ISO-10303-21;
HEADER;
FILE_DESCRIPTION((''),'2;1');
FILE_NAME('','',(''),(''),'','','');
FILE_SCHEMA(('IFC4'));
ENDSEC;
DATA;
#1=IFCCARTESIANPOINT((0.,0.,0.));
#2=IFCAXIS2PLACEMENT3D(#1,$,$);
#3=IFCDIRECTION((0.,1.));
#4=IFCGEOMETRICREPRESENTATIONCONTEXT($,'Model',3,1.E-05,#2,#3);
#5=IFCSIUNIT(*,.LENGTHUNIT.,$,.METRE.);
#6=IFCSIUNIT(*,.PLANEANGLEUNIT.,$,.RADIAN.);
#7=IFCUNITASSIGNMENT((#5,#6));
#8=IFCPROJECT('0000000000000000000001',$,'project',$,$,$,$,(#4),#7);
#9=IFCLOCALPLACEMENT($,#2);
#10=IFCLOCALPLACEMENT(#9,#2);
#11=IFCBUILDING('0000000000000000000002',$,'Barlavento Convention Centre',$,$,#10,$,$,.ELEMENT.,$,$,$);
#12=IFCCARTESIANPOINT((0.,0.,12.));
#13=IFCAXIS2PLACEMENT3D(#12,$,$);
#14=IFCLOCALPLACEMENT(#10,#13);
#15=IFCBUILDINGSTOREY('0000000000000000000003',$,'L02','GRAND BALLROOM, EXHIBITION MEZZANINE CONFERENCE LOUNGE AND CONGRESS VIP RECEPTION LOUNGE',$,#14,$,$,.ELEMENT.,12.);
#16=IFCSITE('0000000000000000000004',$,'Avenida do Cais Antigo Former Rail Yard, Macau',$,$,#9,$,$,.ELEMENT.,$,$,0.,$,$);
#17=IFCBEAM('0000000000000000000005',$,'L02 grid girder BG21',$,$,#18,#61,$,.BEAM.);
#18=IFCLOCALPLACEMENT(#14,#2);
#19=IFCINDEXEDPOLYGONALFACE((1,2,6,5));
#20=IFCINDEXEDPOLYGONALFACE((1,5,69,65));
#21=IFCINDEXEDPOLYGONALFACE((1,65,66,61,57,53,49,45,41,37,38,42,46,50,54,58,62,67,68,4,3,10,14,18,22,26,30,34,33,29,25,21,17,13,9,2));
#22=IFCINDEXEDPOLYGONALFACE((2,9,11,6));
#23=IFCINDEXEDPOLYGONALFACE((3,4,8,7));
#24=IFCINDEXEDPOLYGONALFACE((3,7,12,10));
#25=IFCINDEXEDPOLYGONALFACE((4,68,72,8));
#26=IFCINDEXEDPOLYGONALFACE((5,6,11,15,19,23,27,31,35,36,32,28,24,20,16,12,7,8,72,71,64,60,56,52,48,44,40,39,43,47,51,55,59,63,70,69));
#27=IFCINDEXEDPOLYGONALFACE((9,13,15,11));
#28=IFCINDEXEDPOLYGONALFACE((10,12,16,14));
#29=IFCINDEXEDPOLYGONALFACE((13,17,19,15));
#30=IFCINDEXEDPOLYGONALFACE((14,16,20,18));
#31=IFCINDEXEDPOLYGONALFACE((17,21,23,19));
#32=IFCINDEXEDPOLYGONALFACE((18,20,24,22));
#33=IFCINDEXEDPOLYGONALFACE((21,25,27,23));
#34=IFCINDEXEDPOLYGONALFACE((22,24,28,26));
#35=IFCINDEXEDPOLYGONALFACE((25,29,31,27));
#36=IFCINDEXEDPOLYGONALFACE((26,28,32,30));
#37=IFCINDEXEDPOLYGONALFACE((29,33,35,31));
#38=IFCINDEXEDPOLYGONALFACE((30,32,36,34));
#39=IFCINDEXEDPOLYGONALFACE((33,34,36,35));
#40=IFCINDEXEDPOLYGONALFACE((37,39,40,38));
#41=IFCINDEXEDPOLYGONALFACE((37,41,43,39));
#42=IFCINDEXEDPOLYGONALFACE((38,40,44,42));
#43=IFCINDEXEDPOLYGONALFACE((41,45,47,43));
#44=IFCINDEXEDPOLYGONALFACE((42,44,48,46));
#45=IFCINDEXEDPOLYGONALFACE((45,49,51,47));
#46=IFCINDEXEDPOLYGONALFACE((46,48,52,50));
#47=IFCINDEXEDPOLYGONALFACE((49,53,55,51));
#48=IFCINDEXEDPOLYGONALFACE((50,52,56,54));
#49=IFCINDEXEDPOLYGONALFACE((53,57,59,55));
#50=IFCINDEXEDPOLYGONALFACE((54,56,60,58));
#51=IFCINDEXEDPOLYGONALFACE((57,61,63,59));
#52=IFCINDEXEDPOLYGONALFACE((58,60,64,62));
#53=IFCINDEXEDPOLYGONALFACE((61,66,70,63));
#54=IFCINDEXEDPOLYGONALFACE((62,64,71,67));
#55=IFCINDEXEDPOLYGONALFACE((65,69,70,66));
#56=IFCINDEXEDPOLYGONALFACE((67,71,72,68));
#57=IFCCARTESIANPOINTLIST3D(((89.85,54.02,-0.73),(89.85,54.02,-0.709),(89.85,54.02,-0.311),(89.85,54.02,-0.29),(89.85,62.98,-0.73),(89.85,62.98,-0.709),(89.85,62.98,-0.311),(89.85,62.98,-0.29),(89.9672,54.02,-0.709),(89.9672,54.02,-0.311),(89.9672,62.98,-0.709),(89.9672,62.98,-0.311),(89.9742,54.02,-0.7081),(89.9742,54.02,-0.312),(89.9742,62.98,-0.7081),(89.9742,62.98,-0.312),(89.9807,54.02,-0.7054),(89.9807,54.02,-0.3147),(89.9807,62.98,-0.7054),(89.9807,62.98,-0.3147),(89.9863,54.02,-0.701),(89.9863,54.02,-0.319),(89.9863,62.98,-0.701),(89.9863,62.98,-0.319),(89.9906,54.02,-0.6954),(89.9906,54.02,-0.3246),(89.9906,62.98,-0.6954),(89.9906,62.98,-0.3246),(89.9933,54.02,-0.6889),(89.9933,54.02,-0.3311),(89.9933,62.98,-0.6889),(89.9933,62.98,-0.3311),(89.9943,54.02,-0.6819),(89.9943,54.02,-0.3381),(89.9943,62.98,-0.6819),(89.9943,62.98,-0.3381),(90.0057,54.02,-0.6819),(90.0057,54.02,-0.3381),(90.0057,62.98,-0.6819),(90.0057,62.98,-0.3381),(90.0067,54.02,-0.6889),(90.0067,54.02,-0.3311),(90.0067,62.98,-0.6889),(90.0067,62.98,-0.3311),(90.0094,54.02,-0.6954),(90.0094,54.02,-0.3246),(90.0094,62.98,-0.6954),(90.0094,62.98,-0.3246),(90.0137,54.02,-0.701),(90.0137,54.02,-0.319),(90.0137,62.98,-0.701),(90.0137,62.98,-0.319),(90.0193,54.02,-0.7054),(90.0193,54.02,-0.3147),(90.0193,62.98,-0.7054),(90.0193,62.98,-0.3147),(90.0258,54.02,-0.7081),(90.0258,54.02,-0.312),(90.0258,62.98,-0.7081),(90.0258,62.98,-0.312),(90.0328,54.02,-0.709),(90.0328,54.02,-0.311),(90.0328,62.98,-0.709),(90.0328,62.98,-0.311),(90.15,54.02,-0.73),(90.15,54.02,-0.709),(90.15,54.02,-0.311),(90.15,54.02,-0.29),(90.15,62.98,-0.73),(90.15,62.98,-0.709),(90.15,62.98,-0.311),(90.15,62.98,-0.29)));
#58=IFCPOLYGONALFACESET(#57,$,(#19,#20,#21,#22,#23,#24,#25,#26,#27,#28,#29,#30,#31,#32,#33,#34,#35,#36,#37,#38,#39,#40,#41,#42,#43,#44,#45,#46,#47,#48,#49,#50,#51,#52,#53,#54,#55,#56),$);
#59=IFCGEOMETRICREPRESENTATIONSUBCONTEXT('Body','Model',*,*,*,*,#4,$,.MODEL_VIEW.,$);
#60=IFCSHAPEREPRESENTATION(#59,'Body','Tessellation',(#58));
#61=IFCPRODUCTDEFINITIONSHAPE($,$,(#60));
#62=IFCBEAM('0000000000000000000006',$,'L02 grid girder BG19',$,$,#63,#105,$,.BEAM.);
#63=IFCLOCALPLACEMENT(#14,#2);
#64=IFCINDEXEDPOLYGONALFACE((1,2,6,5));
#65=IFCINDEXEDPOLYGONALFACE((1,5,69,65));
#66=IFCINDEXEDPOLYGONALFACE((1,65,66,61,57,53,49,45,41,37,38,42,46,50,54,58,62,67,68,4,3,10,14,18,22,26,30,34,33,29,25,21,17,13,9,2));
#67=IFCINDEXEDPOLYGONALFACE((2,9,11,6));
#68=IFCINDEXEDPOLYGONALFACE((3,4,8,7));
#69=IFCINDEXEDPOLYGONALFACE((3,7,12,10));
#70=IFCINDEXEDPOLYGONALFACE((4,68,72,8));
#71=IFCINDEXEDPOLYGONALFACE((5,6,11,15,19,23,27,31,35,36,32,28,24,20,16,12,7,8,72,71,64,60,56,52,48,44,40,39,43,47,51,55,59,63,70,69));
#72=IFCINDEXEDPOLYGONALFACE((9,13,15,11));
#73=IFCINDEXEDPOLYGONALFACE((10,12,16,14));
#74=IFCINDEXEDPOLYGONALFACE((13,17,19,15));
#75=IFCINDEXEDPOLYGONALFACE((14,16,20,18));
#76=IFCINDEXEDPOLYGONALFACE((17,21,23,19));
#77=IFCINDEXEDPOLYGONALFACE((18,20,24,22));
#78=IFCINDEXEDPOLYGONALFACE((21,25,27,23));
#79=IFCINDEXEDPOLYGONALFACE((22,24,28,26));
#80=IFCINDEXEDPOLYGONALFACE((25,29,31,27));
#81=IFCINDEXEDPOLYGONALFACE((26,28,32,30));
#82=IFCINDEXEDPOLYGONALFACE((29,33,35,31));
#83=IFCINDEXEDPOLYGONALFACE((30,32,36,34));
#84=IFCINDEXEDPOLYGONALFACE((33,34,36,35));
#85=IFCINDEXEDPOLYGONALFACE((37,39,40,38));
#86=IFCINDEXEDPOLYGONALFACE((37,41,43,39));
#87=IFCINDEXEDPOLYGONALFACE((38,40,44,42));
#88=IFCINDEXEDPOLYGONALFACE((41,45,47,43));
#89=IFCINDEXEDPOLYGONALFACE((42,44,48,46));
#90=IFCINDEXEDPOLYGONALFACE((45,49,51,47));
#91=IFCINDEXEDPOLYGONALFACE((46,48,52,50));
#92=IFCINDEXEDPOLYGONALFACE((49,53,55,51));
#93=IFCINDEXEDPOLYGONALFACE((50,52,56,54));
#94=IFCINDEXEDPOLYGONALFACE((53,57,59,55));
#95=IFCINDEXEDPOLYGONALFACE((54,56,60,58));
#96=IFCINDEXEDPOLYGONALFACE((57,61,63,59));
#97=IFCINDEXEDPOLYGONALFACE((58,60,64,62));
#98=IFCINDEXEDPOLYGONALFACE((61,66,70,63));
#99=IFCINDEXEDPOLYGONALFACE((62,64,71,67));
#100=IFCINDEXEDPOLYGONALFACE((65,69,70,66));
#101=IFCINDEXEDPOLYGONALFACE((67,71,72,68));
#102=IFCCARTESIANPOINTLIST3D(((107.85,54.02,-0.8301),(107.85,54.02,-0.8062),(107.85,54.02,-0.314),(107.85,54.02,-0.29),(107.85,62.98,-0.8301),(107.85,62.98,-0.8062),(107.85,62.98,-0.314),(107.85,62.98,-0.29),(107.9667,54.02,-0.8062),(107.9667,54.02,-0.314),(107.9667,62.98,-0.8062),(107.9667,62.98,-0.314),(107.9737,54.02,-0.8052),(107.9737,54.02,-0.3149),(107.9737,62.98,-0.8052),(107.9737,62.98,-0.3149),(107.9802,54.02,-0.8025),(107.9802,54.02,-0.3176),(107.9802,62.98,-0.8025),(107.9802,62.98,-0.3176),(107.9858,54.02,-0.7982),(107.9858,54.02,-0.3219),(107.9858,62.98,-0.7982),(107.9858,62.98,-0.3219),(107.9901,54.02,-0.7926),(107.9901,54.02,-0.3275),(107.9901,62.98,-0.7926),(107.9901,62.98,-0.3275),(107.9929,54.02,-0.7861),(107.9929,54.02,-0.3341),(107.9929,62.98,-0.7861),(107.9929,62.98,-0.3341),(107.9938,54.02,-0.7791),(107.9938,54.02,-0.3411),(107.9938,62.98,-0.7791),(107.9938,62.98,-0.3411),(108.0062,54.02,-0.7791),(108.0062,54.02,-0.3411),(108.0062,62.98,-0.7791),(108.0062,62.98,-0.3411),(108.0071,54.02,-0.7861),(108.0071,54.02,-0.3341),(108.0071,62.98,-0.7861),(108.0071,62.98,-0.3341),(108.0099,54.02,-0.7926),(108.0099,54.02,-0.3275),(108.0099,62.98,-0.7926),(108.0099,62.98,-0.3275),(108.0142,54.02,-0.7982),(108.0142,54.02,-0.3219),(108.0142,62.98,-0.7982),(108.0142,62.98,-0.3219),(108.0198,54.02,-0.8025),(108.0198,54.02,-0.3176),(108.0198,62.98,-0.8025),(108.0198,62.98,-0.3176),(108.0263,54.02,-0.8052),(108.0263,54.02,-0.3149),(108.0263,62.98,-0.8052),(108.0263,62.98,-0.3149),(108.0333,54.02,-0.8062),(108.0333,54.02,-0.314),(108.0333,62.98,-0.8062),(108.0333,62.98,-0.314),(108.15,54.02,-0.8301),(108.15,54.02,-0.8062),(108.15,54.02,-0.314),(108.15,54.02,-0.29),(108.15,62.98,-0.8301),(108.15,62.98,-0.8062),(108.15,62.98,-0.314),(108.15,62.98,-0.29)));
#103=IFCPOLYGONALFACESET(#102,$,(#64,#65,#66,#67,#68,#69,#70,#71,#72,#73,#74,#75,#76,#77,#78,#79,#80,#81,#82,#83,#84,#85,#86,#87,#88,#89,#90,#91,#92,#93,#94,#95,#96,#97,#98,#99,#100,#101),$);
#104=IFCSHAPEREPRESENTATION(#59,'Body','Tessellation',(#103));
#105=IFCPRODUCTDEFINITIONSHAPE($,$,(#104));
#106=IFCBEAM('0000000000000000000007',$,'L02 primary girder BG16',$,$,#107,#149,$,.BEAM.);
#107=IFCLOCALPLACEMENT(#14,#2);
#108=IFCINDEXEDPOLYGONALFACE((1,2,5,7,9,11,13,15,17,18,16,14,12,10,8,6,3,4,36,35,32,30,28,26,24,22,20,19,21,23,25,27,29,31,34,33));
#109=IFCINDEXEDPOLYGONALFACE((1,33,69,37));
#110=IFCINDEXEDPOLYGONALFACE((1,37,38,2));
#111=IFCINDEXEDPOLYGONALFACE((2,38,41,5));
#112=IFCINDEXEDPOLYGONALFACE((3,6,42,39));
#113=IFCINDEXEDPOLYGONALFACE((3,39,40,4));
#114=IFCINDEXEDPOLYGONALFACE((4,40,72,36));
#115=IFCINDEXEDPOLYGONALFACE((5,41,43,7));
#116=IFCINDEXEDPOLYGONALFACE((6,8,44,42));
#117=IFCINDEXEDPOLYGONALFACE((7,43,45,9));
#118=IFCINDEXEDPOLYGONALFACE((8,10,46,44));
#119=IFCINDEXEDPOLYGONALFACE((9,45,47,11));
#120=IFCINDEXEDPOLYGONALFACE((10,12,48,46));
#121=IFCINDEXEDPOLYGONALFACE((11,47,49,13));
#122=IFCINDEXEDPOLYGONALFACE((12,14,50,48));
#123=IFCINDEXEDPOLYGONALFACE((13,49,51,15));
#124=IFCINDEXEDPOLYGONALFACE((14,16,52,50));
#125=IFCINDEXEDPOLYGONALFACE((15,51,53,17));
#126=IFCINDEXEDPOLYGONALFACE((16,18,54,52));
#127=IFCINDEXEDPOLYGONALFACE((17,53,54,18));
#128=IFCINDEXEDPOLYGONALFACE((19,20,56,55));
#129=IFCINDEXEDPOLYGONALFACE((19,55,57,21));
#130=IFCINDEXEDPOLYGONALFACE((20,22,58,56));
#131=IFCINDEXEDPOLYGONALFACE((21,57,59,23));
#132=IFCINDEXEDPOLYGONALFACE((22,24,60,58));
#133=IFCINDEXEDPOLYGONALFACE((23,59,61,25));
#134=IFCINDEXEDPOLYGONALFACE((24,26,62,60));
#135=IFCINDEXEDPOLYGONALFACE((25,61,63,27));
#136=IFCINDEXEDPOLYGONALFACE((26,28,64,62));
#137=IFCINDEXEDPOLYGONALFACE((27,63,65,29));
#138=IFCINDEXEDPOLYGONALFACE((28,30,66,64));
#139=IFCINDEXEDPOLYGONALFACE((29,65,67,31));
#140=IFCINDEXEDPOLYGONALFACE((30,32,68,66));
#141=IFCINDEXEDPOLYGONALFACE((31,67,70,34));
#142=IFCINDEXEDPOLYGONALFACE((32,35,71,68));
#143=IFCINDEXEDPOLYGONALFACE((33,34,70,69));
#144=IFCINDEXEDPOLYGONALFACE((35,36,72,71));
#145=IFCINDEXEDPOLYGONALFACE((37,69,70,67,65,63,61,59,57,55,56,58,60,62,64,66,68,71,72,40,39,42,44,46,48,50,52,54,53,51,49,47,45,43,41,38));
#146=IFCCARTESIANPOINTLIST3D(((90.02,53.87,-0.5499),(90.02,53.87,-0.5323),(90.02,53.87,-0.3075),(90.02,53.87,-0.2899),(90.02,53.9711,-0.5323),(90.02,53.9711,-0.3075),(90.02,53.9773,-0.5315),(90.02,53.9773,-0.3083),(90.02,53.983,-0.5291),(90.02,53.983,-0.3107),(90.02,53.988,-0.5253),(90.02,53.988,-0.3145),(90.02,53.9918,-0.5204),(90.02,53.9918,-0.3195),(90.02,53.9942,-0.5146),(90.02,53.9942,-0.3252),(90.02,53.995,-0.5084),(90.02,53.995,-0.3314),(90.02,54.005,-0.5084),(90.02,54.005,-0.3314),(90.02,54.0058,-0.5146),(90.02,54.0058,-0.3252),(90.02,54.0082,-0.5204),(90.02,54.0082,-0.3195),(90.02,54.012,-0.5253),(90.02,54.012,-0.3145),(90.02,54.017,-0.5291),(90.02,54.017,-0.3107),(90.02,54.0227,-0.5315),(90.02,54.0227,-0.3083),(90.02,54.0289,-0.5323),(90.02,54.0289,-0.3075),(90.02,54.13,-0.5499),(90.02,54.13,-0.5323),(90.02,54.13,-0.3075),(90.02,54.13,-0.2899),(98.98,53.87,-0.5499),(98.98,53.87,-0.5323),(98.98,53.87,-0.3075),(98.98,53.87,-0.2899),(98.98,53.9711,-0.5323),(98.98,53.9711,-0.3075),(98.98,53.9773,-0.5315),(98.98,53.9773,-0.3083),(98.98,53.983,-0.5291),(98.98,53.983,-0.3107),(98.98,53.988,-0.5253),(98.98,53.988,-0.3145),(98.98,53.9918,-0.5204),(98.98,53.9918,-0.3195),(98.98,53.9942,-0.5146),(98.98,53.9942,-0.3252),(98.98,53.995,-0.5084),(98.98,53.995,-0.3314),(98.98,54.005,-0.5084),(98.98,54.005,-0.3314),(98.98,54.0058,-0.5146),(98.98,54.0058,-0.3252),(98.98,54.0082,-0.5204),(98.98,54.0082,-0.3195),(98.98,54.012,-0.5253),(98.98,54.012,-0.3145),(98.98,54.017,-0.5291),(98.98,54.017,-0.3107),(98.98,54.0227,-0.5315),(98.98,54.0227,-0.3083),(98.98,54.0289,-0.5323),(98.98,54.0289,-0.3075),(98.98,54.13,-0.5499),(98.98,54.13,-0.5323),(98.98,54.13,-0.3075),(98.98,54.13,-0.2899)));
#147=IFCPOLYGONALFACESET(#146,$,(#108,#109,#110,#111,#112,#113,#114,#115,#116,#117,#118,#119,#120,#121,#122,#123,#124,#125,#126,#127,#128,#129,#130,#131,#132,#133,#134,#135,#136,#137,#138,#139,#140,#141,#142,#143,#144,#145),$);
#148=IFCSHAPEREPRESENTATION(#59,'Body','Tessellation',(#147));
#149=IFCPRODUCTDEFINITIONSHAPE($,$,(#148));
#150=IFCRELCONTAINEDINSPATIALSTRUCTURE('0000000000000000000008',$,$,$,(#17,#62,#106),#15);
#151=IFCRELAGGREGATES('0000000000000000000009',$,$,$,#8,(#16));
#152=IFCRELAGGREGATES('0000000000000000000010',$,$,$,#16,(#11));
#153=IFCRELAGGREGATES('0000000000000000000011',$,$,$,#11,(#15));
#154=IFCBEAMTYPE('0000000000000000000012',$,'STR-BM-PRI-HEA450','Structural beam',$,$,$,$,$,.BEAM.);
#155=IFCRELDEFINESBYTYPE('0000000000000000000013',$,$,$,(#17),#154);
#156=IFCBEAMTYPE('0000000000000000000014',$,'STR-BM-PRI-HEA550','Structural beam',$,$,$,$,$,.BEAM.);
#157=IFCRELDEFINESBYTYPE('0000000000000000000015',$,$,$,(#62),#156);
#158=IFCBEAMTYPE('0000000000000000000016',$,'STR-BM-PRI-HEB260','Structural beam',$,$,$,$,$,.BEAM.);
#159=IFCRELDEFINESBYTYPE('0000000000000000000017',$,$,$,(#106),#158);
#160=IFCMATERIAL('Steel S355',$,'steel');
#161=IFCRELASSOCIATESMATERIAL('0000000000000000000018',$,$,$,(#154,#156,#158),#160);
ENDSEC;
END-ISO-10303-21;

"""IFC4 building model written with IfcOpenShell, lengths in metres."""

from ifc_helpers import new_model, si_unit, direction, frame, origin, origin_2d, place, context, subcontext, project, spatial, i_section, extrude, material, material_profile, profile_set, type_object, element, save


model = new_model("IFC4")

# Units and contexts
model_context = context("Model", 3, precision=1e-05, world=origin(), true_north=direction((0.0, 1.0)))
body_context = subcontext(model_context, "Body", "Model", "MODEL_VIEW")
ifc_project = project(units=[si_unit("LENGTHUNIT", "METRE"), si_unit("PLANEANGLEUNIT", "RADIAN")], contexts=[model_context])

# Site, building, storey
site_placement = place(None, origin())
site = spatial("IfcSite", under=ifc_project, at=site_placement, Name="Avenida do Cais Antigo Former Rail Yard, Macau", CompositionType="ELEMENT", RefElevation=0.0)
building_placement = place(site_placement, origin())
building = spatial("IfcBuilding", under=site, at=building_placement, Name="Barlavento Convention Centre", CompositionType="ELEMENT")
storey_placement = place(building_placement, frame((0.0, 0.0, 12.0)))
storey = spatial("IfcBuildingStorey", under=building, at=storey_placement, Name="L02", Description="GRAND BALLROOM, EXHIBITION MEZZANINE CONFERENCE LOUNGE AND CONGRESS VIP RECEPTION LOUNGE", CompositionType="ELEMENT", Elevation=12.0)

# Shared definitions
ifc_material_1 = material(Name="Steel S355", Category="steel")

# Beams
ifc_material_profile_1 = material_profile(ifc_material_1, i_section(OverallWidth=0.3, OverallDepth=0.4399, WebThickness=0.0115, FlangeThickness=0.021, FilletRadius=0.0271, at=origin_2d()), Name="HEA 450")
ifc_profile_set_1 = profile_set([ifc_material_profile_1], Name="Steel S355")
beam_type_1 = type_object("IfcBeamType", Name="STR-BM-PRI-HEA450", Description="Structural beam", PredefinedType="BEAM", material=ifc_profile_set_1)
beam_1_placement = place(storey_placement, frame((90.0, 54.02, -0.51), z_axis=(0.0, 1.0, 0.0), x_axis=(-1.0, 0.0, 0.0)))
element("IfcBeam", 1, at=beam_1_placement, inside=storey, type_object=beam_type_1, Name="L02 grid girder BG21", PredefinedType="BEAM", context=body_context, shape_type="SweptSolid", body=[
    extrude(i_section(OverallWidth=0.3, OverallDepth=0.4399, WebThickness=0.0115, FlangeThickness=0.021, FilletRadius=0.0271, at=origin_2d()), origin(), (0.0, 0.0, 1.0), 8.96),
])
ifc_material_profile_2 = material_profile(ifc_material_1, i_section(OverallWidth=0.3, OverallDepth=0.54, WebThickness=0.0125, FlangeThickness=0.0239, FilletRadius=0.0271, at=origin_2d()), Name="HEA 550")
ifc_profile_set_2 = profile_set([ifc_material_profile_2], Name="Steel S355")
beam_type_2 = type_object("IfcBeamType", Name="STR-BM-PRI-HEA550", Description="Structural beam", PredefinedType="BEAM", material=ifc_profile_set_2)
beam_2_placement = place(storey_placement, frame((108.0, 54.02, -0.5601), z_axis=(0.0, 1.0, 0.0), x_axis=(-1.0, 0.0, 0.0)))
element("IfcBeam", 2, at=beam_2_placement, inside=storey, type_object=beam_type_2, Name="L02 grid girder BG19", PredefinedType="BEAM", context=body_context, shape_type="SweptSolid", body=[
    extrude(i_section(OverallWidth=0.3, OverallDepth=0.54, WebThickness=0.0125, FlangeThickness=0.0239, FilletRadius=0.0271, at=origin_2d()), origin(), (0.0, 0.0, 1.0), 8.96),
])
ifc_material_profile_3 = material_profile(ifc_material_1, i_section(OverallWidth=0.26, OverallDepth=0.26, WebThickness=0.01, FlangeThickness=0.0176, FilletRadius=0.0239, at=origin_2d()), Name="HEB 260")
ifc_profile_set_3 = profile_set([ifc_material_profile_3], Name="Steel S355")
beam_type_3 = type_object("IfcBeamType", Name="STR-BM-PRI-HEB260", Description="Structural beam", PredefinedType="BEAM", material=ifc_profile_set_3)
beam_3_placement = place(storey_placement, frame((90.02, 54.0, -0.4199), z_axis=(1.0, 0.0, 0.0), x_axis=(0.0, 1.0, 0.0)))
element("IfcBeam", 3, at=beam_3_placement, inside=storey, type_object=beam_type_3, Name="L02 primary girder BG16", PredefinedType="BEAM", context=body_context, shape_type="SweptSolid", body=[
    extrude(i_section(OverallWidth=0.26, OverallDepth=0.26, WebThickness=0.01, FlangeThickness=0.0176, FilletRadius=0.0239, at=origin_2d()), origin(), (0.0, 0.0, 1.0), 8.96),
])

save(model, "model.ifc")
